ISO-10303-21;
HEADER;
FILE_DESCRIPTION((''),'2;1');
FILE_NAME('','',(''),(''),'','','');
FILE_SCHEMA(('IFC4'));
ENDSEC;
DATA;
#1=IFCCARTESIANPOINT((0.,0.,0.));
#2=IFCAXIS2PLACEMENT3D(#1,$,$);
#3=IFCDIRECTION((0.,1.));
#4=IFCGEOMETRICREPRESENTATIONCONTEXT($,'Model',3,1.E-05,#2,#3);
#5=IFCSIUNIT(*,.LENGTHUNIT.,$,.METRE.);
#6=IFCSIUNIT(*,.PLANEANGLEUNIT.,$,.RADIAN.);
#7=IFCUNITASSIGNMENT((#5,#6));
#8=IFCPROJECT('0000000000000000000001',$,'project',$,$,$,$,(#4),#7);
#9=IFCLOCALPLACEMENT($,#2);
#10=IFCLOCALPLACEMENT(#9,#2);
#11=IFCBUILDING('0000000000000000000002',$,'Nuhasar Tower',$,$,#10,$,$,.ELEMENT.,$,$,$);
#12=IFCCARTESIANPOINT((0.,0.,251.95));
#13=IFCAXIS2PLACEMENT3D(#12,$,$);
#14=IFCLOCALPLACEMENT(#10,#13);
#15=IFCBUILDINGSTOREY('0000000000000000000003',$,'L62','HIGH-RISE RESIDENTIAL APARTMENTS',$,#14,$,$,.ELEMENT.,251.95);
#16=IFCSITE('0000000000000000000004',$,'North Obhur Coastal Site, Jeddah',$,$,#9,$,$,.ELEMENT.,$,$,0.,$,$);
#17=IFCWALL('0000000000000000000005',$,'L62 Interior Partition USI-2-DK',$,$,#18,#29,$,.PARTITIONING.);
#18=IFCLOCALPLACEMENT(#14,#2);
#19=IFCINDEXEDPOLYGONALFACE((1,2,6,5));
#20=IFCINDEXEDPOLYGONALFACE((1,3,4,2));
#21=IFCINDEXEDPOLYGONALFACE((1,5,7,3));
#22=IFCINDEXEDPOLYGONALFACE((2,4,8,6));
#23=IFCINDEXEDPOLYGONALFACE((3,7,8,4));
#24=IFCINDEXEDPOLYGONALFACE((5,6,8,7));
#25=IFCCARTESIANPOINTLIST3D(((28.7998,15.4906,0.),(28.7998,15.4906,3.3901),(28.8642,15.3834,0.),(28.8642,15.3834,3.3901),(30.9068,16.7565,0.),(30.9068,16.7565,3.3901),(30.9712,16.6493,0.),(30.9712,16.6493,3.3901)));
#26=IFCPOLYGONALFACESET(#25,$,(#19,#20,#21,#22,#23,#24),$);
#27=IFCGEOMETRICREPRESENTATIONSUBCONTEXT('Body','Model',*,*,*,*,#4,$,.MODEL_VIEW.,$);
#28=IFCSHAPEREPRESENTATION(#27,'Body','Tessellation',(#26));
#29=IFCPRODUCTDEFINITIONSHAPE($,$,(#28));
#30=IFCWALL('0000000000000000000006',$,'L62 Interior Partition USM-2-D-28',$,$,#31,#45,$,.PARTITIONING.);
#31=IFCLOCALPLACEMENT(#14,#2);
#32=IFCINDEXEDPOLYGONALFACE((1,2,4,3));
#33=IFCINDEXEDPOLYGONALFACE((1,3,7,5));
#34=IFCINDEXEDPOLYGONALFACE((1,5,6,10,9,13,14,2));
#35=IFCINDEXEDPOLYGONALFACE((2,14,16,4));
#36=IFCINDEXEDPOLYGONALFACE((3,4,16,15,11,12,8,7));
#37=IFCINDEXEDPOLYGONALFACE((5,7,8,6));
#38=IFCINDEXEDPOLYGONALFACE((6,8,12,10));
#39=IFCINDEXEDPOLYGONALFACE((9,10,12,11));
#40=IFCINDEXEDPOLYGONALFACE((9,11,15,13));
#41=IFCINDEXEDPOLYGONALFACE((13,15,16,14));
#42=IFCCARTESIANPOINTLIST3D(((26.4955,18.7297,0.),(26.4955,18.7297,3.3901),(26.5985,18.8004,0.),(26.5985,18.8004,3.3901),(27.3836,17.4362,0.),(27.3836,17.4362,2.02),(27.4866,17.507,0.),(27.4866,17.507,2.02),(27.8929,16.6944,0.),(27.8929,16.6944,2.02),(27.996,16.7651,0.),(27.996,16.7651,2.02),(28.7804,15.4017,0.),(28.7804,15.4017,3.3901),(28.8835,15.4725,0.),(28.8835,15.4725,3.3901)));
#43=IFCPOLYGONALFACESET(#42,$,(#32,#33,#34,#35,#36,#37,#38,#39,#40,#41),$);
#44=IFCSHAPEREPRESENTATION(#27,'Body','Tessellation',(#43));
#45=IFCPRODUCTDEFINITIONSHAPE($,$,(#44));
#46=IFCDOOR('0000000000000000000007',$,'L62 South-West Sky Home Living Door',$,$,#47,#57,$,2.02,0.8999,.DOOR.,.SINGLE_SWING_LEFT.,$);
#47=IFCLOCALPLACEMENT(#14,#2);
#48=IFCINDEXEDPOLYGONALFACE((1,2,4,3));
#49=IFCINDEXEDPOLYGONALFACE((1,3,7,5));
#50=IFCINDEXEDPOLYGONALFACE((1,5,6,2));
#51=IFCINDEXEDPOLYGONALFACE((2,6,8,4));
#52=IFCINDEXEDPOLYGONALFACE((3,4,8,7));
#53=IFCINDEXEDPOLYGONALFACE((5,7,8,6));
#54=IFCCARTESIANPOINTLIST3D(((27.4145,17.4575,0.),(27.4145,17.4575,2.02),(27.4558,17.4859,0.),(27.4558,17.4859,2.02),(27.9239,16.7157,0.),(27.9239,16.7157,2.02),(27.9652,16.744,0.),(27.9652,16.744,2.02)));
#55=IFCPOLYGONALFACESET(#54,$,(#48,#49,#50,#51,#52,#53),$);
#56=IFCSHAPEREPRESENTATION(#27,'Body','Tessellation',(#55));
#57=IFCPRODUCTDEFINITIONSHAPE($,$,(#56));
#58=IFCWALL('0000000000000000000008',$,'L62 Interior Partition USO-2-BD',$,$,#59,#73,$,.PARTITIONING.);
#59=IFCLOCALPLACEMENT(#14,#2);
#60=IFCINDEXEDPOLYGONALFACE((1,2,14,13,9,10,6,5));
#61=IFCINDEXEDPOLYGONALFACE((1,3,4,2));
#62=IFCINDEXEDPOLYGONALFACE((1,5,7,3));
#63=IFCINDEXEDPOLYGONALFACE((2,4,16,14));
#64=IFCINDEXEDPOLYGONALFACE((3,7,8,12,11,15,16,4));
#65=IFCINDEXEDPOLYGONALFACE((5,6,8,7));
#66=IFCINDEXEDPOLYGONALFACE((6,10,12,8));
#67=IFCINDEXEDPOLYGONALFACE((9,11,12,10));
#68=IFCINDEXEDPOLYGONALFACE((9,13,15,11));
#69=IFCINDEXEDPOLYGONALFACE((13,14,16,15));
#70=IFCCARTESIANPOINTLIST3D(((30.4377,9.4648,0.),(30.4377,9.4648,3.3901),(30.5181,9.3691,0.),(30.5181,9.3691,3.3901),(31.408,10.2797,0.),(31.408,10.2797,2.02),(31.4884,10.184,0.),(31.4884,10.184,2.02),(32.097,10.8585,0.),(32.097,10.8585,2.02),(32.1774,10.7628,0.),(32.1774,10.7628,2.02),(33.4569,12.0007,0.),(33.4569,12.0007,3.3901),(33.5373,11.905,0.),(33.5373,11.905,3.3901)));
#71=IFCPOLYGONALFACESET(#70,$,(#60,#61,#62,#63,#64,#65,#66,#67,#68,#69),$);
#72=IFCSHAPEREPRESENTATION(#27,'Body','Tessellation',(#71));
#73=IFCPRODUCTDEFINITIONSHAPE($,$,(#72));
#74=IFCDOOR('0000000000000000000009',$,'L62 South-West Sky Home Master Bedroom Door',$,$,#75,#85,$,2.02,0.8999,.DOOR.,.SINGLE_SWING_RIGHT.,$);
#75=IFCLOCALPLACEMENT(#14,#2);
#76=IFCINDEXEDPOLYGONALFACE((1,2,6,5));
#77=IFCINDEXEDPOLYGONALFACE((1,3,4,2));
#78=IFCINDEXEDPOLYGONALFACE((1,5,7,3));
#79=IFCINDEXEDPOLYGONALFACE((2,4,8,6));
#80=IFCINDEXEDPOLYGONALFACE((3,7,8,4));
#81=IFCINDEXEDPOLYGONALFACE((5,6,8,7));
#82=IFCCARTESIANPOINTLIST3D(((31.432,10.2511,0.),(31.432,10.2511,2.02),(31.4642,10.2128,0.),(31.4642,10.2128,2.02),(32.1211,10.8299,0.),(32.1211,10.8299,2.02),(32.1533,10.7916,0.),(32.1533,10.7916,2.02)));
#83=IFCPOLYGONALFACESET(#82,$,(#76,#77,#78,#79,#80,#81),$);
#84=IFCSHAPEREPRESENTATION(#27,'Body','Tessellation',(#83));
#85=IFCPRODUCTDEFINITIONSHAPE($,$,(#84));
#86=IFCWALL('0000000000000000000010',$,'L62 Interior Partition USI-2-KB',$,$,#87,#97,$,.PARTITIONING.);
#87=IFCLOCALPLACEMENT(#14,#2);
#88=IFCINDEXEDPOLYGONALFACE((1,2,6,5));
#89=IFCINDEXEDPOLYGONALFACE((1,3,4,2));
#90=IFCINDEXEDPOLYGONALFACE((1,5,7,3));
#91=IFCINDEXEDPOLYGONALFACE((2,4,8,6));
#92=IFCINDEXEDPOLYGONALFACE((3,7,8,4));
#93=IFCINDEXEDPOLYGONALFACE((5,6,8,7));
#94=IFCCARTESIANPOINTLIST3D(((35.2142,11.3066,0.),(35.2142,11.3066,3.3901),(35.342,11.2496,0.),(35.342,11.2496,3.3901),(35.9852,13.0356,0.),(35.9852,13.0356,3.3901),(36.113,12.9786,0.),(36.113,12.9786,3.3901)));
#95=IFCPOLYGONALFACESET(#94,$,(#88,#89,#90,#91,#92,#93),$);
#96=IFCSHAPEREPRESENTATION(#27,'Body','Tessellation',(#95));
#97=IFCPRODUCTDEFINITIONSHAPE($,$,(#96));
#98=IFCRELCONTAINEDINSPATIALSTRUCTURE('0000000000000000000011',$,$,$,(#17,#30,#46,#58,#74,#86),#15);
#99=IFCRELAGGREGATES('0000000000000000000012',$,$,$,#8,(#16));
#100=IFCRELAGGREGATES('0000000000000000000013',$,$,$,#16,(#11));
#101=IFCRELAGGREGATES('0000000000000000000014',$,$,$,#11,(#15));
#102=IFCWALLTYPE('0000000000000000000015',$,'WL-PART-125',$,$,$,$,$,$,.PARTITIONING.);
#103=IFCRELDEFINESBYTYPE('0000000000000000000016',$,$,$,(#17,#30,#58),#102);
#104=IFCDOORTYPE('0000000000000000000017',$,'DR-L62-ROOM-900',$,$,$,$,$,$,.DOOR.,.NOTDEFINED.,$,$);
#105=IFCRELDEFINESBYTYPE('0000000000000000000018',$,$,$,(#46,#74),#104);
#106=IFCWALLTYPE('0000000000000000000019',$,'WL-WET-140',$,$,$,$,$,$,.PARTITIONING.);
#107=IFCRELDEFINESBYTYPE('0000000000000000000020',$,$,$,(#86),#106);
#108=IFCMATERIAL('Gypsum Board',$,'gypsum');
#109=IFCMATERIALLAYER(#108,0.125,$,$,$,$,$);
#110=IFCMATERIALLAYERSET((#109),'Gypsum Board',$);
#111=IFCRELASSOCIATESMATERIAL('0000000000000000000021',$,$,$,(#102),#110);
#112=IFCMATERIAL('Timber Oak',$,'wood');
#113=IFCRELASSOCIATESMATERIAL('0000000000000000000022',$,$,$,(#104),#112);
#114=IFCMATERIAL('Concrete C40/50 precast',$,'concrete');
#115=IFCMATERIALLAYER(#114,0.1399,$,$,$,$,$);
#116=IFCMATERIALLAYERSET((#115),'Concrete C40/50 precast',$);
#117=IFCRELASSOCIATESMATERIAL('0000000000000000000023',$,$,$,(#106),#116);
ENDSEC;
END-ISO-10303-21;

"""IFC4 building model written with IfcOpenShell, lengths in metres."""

from ifc_helpers import new_model, si_unit, direction, frame, frame_2d, origin, place, context, subcontext, project, spatial, rectangle, extrude, material, layer, layer_set, type_object, element, fill, save


model = new_model("IFC4")

# Units and contexts
model_context = context("Model", 3, precision=1e-05, world=origin(), true_north=direction((0.0, 1.0)))
body_context = subcontext(model_context, "Body", "Model", "MODEL_VIEW")
ifc_project = project(units=[si_unit("LENGTHUNIT", "METRE"), si_unit("PLANEANGLEUNIT", "RADIAN")], contexts=[model_context])

# Site, building, storey
site_placement = place(None, origin())
site = spatial("IfcSite", under=ifc_project, at=site_placement, Name="North Obhur Coastal Site, Jeddah", CompositionType="ELEMENT", RefElevation=0.0)
building_placement = place(site_placement, origin())
building = spatial("IfcBuilding", under=site, at=building_placement, Name="Nuhasar Tower", CompositionType="ELEMENT")
storey_placement = place(building_placement, frame((0.0, 0.0, 251.95)))
storey = spatial("IfcBuildingStorey", under=building, at=storey_placement, Name="L62", Description="HIGH-RISE RESIDENTIAL APARTMENTS", CompositionType="ELEMENT", Elevation=251.95)

# Shared definitions
ifc_material_1 = material(Name="Gypsum Board", Category="gypsum")

# Shared definitions
ifc_layer_1 = layer(ifc_material_1, 0.125)
ifc_layer_set_1 = layer_set([ifc_layer_1], Name="Gypsum Board")
wall_type_1 = type_object("IfcWallType", Name="WL-PART-125", PredefinedType="PARTITIONING", material=ifc_layer_set_1)
ifc_material_2 = material(Name="Timber Oak", Category="wood")
door_type = type_object("IfcDoorType", Name="DR-L62-ROOM-900", OperationType="NOTDEFINED", PredefinedType="DOOR", material=ifc_material_2)

# Wall
wall_1_placement = place(storey_placement, frame((30.939, 16.7029, 0.0), z_axis=(0.0, 0.0, 1.0), x_axis=(-0.857186, -0.515007, 0.0)))
element("IfcWall", 1, at=wall_1_placement, inside=storey, type_object=wall_type_1, Name="L62 Interior Partition USI-2-DK", PredefinedType="PARTITIONING", context=body_context, shape_type="SweptSolid", body=[
    extrude(rectangle(XDim=2.458, YDim=0.125, at=frame_2d((1.229, 0.0))), origin(), (0.0, 0.0, 1.0), 3.3901),
])

# Walls, openings, doors
wall_2_placement = place(storey_placement, frame((28.832, 15.437, 0.0), z_axis=(0.0, 0.0, 1.0), x_axis=(-0.566023, 0.824389, 0.0)))
wall_2 = element("IfcWall", 2, at=wall_2_placement, inside=storey, type_object=wall_type_1, Name="L62 Interior Partition USM-2-D-28", PredefinedType="PARTITIONING", context=body_context, shape_type="SweptSolid", body=[
    extrude(rectangle(XDim=4.0369, YDim=0.125, at=frame_2d((2.0186, 0.0))), origin(), (0.0, 0.0, 1.0), 3.3901),
])
opening_1_placement = place(wall_2_placement, frame((1.5681, 0.0, 0.0)))
opening_1 = element("IfcOpeningElement", 3, at=opening_1_placement, cuts=wall_2, PredefinedType="OPENING", context=body_context, shape_type="SweptSolid", body=[
    extrude(rectangle(XDim=0.8999, YDim=2.02, at=frame_2d((0.45, 1.01))), frame((0.0, 0.0725, 0.0), z_axis=(0.0, -1.0, 0.0), x_axis=(1.0, 0.0, 0.0)), (0.0, 0.0, 1.0), 0.145),
])
door_1_placement = place(opening_1_placement, origin())
door_1 = element("IfcDoor", 4, at=door_1_placement, inside=storey, type_object=door_type, Name="L62 South-West Sky Home Living Door", OperationType="SINGLE_SWING_LEFT", OverallHeight=2.02, OverallWidth=0.8999, PredefinedType="DOOR", context=body_context, shape_type="SweptSolid", body=[
    extrude(rectangle(XDim=0.8999, YDim=2.02, at=frame_2d((0.45, 1.01))), frame((0.0, 0.0249, 0.0), z_axis=(0.0, -1.0, 0.0), x_axis=(1.0, 0.0, 0.0)), (0.0, 0.0, 1.0), 0.05),
])
fill(opening_1, door_1)
wall_3_placement = place(storey_placement, frame((33.4971, 11.9529, 0.0), z_axis=(0.0, 0.0, 1.0), x_axis=(-0.765718, -0.643176, 0.0)))
wall_3 = element("IfcWall", 5, at=wall_3_placement, inside=storey, type_object=wall_type_1, Name="L62 Interior Partition USO-2-BD", PredefinedType="PARTITIONING", context=body_context, shape_type="SweptSolid", body=[
    extrude(rectangle(XDim=3.9429, YDim=0.125, at=frame_2d((1.9714, 0.0))), origin(), (0.0, 0.0, 1.0), 3.3901),
])
opening_2_placement = place(wall_3_placement, frame((1.7759, 0.0, 0.0)))
opening_2 = element("IfcOpeningElement", 6, at=opening_2_placement, cuts=wall_3, PredefinedType="OPENING", context=body_context, shape_type="SweptSolid", body=[
    extrude(rectangle(XDim=0.8999, YDim=2.02, at=frame_2d((0.45, 1.01))), frame((0.0, 0.0725, 0.0), z_axis=(0.0, -1.0, 0.0), x_axis=(1.0, 0.0, 0.0)), (0.0, 0.0, 1.0), 0.145),
])
door_2_placement = place(opening_2_placement, origin())
door_2 = element("IfcDoor", 7, at=door_2_placement, inside=storey, type_object=door_type, Name="L62 South-West Sky Home Master Bedroom Door", OperationType="SINGLE_SWING_RIGHT", OverallHeight=2.02, OverallWidth=0.8999, PredefinedType="DOOR", context=body_context, shape_type="SweptSolid", body=[
    extrude(rectangle(XDim=0.8999, YDim=2.02, at=frame_2d((0.45, 1.01))), frame((0.0, 0.0249, 0.0), z_axis=(0.0, -1.0, 0.0), x_axis=(1.0, 0.0, 0.0)), (0.0, 0.0, 1.0), 0.05),
])
fill(opening_2, door_2)

# Wall
ifc_material_3 = material(Name="Concrete C40/50 precast", Category="concrete")
ifc_layer_2 = layer(ifc_material_3, 0.1399)
ifc_layer_set_2 = layer_set([ifc_layer_2], Name="Concrete C40/50 precast")
wall_type_2 = type_object("IfcWallType", Name="WL-WET-140", PredefinedType="PARTITIONING", material=ifc_layer_set_2)
wall_4_placement = place(storey_placement, frame((36.0491, 13.0071, 0.0), z_axis=(0.0, 0.0, 1.0), x_axis=(-0.407263, -0.913311, 0.0)))
element("IfcWall", 8, at=wall_4_placement, inside=storey, type_object=wall_type_2, Name="L62 Interior Partition USI-2-KB", PredefinedType="PARTITIONING", context=body_context, shape_type="SweptSolid", body=[
    extrude(rectangle(XDim=1.8931, YDim=0.1399, at=frame_2d((0.9465, 0.0))), origin(), (0.0, 0.0, 1.0), 3.3901),
])

save(model, "model.ifc")
